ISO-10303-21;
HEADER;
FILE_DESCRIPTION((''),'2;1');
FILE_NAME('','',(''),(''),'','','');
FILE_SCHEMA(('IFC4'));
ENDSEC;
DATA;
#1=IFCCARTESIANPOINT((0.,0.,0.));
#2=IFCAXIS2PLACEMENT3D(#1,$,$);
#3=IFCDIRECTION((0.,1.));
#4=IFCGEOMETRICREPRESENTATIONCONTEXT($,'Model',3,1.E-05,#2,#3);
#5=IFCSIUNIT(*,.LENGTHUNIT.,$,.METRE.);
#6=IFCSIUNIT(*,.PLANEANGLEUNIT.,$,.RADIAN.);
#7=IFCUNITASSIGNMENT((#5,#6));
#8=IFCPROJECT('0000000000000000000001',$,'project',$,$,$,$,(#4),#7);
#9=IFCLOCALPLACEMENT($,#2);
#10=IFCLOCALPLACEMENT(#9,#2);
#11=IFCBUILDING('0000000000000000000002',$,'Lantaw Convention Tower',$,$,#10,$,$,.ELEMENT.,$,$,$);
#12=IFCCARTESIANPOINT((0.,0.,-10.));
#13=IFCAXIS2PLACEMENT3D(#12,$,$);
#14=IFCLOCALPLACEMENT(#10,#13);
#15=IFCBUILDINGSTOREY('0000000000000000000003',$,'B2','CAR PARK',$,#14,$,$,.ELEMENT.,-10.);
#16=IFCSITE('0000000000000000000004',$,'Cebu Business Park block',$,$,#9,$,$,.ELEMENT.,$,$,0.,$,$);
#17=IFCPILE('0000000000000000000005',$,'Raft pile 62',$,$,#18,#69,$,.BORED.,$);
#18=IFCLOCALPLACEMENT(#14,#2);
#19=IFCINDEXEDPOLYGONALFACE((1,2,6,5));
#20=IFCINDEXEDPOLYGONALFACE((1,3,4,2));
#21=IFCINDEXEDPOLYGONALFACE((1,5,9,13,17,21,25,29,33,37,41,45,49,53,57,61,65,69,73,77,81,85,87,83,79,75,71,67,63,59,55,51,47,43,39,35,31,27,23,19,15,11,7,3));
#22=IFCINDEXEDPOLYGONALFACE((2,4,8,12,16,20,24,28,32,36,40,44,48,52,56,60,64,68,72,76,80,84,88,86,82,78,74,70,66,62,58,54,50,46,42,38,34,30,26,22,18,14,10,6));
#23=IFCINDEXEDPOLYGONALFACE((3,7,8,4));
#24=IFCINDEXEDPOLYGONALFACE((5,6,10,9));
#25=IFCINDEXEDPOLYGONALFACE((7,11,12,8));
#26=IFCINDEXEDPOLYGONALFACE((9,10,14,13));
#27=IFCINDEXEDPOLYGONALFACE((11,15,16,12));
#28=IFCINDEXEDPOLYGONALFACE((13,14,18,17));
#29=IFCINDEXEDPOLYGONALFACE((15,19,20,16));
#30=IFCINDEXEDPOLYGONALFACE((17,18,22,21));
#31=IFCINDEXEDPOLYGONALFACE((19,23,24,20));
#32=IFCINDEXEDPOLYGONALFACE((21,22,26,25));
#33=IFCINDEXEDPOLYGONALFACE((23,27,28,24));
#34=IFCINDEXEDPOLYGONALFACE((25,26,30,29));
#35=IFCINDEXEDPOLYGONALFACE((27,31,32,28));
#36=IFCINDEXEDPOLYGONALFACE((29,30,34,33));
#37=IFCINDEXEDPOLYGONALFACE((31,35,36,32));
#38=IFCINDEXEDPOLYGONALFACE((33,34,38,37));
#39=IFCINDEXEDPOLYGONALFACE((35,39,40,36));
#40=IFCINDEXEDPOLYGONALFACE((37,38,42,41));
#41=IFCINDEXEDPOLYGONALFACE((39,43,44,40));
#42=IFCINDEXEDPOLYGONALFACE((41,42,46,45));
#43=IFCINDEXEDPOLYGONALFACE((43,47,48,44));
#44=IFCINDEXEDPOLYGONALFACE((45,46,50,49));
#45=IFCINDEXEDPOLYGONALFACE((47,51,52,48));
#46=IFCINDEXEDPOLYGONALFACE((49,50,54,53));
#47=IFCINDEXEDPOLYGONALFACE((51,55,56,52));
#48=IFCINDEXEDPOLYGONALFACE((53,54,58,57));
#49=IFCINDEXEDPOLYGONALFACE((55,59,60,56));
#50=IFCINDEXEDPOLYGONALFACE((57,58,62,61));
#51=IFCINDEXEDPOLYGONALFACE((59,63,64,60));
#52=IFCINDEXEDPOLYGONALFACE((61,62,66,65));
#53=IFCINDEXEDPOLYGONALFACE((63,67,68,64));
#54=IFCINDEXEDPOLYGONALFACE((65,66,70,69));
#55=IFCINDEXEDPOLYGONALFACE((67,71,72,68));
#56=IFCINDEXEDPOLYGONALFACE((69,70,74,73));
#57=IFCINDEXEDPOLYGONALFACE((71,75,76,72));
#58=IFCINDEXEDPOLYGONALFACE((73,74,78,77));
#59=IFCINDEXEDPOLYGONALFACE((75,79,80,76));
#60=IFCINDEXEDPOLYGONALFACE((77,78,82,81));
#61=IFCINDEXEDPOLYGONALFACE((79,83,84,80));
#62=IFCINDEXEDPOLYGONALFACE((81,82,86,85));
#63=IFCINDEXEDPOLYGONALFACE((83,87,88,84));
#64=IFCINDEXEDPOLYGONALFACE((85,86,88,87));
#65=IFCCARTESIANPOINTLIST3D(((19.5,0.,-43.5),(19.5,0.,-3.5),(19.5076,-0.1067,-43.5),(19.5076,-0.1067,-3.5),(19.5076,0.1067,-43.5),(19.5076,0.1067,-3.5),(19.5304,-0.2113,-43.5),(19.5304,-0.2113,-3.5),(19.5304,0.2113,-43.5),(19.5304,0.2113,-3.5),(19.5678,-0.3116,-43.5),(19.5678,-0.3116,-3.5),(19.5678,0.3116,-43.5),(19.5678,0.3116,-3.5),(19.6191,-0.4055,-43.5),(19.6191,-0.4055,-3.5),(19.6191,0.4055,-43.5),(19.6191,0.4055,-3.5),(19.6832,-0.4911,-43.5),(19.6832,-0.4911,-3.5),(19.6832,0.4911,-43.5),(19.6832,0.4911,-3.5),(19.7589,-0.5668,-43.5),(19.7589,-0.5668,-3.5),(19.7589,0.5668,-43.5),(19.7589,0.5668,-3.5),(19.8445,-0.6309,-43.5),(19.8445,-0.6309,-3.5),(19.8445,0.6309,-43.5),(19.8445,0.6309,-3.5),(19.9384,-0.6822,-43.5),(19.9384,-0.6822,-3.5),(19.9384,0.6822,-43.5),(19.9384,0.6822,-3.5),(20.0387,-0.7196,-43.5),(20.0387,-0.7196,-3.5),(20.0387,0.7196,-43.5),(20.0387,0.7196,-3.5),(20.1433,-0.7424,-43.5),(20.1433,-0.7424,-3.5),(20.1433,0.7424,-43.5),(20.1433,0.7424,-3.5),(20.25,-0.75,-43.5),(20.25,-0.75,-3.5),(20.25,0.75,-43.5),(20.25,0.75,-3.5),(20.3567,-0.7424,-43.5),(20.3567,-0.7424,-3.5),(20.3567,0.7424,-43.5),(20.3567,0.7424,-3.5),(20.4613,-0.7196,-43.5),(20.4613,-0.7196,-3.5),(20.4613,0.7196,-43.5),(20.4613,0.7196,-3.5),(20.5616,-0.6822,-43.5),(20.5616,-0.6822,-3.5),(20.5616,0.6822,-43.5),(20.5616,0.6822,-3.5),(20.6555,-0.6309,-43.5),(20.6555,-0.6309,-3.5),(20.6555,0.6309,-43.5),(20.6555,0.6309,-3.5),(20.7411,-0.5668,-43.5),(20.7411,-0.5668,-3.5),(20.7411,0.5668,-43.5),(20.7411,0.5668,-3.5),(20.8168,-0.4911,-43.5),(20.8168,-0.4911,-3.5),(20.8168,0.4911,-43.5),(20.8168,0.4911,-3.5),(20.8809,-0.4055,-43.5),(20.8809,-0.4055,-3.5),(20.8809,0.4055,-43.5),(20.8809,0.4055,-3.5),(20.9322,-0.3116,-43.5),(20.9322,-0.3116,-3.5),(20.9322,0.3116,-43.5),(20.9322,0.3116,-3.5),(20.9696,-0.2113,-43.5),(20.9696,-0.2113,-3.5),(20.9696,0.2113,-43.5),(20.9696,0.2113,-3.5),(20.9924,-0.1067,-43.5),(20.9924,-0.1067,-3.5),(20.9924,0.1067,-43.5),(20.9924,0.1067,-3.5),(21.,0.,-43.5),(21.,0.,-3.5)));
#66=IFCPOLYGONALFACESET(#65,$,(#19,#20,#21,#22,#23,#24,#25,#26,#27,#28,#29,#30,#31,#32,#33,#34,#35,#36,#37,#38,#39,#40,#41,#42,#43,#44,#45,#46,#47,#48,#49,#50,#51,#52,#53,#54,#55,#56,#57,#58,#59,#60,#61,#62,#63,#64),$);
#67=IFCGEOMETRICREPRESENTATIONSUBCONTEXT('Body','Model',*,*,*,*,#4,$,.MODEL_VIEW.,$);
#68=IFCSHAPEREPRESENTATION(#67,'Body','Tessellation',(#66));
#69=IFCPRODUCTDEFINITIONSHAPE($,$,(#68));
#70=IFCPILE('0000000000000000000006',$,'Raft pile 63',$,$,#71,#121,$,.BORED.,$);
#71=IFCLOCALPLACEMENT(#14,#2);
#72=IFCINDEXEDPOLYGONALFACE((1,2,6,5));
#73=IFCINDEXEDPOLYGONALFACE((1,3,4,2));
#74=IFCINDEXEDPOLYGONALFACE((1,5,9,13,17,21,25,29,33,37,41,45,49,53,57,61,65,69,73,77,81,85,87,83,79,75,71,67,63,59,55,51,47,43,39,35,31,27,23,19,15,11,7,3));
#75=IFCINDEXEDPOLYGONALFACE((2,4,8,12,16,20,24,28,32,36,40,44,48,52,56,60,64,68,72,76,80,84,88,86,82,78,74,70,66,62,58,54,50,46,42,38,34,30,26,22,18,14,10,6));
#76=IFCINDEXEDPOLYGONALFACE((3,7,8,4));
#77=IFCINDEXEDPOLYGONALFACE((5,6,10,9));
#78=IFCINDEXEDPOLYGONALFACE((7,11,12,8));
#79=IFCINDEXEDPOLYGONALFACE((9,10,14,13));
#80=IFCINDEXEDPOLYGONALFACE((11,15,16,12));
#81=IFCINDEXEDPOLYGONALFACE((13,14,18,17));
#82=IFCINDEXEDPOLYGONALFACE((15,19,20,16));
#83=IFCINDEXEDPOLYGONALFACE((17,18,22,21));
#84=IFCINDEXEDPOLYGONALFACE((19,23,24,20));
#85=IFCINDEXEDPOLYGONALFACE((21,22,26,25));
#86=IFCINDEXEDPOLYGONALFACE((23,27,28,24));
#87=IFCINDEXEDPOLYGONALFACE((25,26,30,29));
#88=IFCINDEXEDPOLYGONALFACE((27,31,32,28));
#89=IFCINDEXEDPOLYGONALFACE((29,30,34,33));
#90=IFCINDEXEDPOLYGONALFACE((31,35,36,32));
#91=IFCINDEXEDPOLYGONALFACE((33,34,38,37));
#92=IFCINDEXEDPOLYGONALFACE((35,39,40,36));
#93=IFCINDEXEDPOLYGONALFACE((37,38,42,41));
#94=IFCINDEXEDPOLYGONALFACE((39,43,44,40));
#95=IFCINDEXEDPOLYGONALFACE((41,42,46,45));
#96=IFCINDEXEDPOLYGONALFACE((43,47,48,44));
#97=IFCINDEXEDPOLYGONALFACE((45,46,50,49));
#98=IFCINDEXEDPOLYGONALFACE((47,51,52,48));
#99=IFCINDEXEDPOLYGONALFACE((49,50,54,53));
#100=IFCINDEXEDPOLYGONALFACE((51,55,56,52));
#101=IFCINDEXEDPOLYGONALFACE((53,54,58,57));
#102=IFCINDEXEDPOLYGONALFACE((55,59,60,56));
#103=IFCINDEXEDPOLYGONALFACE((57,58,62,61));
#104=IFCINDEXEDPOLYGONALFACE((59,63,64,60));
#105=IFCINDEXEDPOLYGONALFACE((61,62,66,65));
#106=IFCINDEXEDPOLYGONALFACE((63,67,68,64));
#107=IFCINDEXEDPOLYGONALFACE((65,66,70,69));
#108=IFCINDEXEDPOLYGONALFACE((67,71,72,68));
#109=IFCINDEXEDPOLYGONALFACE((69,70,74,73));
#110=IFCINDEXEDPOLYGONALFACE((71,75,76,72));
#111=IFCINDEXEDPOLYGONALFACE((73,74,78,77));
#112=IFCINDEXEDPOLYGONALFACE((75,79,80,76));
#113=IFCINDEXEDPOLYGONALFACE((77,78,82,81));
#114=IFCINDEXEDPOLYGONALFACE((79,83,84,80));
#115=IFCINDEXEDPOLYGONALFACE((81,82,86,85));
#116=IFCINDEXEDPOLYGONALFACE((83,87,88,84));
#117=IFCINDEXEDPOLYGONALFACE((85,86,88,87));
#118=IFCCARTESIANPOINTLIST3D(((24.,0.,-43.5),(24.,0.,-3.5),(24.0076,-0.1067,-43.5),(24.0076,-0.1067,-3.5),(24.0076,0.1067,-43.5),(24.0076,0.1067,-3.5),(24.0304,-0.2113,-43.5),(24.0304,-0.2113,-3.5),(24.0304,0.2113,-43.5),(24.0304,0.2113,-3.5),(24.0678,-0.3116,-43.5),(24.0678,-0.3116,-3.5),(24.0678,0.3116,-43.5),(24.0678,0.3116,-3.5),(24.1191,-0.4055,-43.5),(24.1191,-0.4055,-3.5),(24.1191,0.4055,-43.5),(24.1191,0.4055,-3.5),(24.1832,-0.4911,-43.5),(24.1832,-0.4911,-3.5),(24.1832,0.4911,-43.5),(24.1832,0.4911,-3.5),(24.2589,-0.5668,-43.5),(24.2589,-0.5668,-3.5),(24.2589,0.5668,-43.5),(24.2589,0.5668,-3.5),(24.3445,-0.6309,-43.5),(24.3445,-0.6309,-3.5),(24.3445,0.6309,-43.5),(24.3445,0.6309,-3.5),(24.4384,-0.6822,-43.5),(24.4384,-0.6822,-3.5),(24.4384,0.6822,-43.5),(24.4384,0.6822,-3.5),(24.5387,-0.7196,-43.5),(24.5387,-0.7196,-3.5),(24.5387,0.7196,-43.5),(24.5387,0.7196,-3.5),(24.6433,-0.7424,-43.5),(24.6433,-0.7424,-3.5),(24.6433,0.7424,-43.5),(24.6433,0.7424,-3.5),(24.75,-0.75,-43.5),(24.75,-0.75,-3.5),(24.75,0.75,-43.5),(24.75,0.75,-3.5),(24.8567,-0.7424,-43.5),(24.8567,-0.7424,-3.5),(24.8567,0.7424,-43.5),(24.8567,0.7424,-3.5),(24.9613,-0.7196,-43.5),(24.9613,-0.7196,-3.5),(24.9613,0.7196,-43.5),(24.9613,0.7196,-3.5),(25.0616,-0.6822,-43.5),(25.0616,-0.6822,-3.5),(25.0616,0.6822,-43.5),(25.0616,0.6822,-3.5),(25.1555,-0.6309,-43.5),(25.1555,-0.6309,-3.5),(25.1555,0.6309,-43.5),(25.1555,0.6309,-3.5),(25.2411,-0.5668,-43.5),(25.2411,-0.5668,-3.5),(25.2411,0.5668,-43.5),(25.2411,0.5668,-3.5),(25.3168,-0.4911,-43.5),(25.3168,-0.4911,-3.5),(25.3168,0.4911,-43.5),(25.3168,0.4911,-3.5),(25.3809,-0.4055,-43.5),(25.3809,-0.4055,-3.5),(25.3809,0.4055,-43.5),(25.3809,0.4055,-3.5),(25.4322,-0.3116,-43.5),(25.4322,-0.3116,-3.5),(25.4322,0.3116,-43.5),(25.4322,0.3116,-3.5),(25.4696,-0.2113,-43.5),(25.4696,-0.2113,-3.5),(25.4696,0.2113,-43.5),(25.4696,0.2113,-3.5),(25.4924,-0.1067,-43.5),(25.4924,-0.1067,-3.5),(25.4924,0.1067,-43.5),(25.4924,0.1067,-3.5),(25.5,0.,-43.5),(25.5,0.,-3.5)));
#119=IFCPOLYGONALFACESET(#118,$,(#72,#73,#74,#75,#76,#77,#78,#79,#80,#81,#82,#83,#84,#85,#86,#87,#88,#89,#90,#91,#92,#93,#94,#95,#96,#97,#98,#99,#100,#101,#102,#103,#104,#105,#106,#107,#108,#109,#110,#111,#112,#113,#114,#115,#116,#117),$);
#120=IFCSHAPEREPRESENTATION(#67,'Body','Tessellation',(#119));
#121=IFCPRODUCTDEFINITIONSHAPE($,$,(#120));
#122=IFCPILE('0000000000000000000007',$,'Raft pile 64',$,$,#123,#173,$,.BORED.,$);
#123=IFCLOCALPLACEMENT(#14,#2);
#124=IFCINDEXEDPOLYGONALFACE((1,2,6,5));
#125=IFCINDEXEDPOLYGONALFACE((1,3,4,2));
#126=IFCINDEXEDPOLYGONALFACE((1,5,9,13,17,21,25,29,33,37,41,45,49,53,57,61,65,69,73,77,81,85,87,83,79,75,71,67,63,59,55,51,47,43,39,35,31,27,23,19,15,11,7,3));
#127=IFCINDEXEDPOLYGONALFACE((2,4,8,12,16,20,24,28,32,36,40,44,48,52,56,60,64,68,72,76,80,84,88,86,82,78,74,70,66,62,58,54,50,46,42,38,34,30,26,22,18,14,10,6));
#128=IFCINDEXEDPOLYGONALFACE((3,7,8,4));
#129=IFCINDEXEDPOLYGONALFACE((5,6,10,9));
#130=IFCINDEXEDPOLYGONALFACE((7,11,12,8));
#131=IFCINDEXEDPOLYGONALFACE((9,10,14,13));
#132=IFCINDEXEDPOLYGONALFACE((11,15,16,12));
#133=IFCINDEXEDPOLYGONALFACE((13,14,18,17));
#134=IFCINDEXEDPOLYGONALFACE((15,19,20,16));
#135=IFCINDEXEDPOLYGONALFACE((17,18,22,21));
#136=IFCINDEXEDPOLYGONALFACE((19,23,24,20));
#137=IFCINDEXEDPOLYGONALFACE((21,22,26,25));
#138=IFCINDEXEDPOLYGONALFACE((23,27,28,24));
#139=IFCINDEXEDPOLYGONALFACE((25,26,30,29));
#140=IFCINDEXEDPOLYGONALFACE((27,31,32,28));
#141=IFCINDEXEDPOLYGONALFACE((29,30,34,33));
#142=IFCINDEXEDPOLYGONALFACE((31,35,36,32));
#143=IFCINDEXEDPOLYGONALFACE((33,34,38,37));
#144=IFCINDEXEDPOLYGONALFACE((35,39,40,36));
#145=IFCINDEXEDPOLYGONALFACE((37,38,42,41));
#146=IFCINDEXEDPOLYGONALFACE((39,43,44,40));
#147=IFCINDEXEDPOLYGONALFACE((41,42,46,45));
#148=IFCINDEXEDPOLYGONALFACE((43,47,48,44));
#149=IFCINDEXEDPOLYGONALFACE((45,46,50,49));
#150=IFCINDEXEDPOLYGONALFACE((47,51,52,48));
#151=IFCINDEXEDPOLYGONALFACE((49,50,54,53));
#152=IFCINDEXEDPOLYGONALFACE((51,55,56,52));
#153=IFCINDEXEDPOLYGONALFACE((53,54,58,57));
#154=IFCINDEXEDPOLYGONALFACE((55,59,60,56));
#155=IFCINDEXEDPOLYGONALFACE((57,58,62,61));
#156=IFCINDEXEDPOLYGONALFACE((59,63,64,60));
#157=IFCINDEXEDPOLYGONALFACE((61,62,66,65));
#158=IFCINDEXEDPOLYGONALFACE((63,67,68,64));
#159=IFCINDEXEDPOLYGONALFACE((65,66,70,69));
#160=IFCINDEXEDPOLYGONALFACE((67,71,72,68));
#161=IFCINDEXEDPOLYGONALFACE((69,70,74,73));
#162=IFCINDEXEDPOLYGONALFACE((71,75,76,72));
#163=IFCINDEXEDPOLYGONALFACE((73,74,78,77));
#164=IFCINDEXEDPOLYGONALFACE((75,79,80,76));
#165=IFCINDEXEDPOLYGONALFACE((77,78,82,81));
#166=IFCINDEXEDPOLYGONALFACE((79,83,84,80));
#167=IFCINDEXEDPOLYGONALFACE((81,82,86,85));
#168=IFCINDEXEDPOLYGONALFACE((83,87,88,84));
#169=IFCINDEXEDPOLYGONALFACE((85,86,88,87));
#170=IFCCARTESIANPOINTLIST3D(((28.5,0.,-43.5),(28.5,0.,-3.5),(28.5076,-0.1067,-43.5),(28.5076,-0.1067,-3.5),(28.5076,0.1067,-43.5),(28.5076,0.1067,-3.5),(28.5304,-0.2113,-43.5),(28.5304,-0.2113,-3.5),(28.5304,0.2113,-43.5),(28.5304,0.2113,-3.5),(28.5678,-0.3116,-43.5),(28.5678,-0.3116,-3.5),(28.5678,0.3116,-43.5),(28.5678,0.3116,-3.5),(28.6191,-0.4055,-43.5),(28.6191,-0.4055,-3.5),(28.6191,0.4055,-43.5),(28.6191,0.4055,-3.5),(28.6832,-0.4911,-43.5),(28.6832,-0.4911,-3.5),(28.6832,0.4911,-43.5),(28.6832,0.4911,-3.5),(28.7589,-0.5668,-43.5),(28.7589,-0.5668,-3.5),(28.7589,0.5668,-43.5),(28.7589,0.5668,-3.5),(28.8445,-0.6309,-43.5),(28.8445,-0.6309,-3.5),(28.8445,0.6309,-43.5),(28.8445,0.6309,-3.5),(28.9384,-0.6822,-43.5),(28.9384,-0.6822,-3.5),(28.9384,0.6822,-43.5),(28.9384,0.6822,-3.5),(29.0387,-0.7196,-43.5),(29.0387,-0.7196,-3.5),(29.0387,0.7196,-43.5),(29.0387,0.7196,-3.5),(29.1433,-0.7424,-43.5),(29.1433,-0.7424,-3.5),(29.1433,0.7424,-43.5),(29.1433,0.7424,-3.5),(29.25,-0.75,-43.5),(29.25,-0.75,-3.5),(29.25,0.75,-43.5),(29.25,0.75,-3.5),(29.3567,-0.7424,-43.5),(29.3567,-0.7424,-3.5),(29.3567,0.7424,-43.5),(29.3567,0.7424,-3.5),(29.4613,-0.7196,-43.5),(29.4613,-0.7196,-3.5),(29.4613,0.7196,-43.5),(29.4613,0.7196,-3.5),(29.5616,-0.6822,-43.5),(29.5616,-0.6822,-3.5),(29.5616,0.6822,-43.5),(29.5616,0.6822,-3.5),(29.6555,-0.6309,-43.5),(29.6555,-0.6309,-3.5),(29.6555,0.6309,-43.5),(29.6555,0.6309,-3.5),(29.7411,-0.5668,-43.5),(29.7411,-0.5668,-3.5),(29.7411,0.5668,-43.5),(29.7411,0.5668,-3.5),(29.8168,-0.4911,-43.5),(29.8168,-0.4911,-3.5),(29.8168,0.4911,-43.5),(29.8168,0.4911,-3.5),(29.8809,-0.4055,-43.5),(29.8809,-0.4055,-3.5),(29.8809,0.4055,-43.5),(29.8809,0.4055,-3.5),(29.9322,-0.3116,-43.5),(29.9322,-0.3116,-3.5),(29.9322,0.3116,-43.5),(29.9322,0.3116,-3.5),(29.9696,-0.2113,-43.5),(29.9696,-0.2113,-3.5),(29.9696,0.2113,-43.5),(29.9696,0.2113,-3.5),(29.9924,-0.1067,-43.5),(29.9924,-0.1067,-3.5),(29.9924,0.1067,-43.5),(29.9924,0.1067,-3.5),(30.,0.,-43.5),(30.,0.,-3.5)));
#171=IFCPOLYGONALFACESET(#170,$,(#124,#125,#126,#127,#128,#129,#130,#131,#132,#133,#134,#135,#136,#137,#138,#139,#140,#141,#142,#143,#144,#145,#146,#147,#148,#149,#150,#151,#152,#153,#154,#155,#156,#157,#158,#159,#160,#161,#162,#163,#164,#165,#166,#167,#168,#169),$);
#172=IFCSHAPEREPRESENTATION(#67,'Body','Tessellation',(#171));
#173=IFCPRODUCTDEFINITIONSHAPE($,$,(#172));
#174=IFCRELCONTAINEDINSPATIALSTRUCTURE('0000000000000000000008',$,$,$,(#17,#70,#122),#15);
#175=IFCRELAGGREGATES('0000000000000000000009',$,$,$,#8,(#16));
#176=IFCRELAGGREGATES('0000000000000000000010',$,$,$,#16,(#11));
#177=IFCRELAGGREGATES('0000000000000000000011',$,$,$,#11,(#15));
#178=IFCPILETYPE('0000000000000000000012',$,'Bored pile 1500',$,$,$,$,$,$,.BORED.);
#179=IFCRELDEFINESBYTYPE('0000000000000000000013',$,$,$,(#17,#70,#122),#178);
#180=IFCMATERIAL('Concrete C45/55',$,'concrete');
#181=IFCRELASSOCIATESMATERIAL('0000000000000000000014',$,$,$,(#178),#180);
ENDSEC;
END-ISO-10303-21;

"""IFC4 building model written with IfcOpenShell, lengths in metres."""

from ifc_helpers import new_model, si_unit, direction, frame, origin, origin_2d, place, context, subcontext, project, spatial, circle, extrude, material, material_profile, profile_set, type_object, element, save


model = new_model("IFC4")

# Units and contexts
model_context = context("Model", 3, precision=1e-05, world=origin(), true_north=direction((0.0, 1.0)))
body_context = subcontext(model_context, "Body", "Model", "MODEL_VIEW")
ifc_project = project(units=[si_unit("LENGTHUNIT", "METRE"), si_unit("PLANEANGLEUNIT", "RADIAN")], contexts=[model_context])

# Site, building, storey
site_placement = place(None, origin())
site = spatial("IfcSite", under=ifc_project, at=site_placement, Name="Cebu Business Park block", CompositionType="ELEMENT", RefElevation=0.0)
building_placement = place(site_placement, origin())
building = spatial("IfcBuilding", under=site, at=building_placement, Name="Lantaw Convention Tower", CompositionType="ELEMENT")
storey_placement = place(building_placement, frame((0.0, 0.0, -10.0)))
storey = spatial("IfcBuildingStorey", under=building, at=storey_placement, Name="B2", Description="CAR PARK", CompositionType="ELEMENT", Elevation=-10.0)

# Piles
ifc_material_1 = material(Name="Concrete C45/55", Category="concrete")
ifc_material_profile_1 = material_profile(ifc_material_1, circle(Radius=0.75, at=origin_2d()), Name="Bored pile 1500")
ifc_profile_set_1 = profile_set([ifc_material_profile_1], Name="Concrete C45/55")
pile_type_1 = type_object("IfcPileType", Name="Bored pile 1500", PredefinedType="BORED", material=ifc_profile_set_1)
for number, where, z_axis, x_axis, name in (
    (1, (20.25, 0.0, -3.5), (0.0, 0.0, -1.0), (1.0, 0.0, 0.0), "Raft pile 62"),
    (2, (24.75, 0.0, -3.5), (0.0, 0.0, -1.0), (1.0, 0.0, 0.0), "Raft pile 63"),
    (3, (29.25, 0.0, -3.5), (0.0, 0.0, -1.0), (1.0, 0.0, 0.0), "Raft pile 64"),
):
    element("IfcPile", number, at=place(storey_placement, frame(where, z_axis=z_axis, x_axis=x_axis)), inside=storey, type_object=pile_type_1, Name=name, PredefinedType="BORED", context=body_context, shape_type="SweptSolid", body=[
        extrude(circle(Radius=0.75, at=origin_2d()), origin(), (0.0, 0.0, 1.0), 40.0),
    ])

save(model, "model.ifc")
